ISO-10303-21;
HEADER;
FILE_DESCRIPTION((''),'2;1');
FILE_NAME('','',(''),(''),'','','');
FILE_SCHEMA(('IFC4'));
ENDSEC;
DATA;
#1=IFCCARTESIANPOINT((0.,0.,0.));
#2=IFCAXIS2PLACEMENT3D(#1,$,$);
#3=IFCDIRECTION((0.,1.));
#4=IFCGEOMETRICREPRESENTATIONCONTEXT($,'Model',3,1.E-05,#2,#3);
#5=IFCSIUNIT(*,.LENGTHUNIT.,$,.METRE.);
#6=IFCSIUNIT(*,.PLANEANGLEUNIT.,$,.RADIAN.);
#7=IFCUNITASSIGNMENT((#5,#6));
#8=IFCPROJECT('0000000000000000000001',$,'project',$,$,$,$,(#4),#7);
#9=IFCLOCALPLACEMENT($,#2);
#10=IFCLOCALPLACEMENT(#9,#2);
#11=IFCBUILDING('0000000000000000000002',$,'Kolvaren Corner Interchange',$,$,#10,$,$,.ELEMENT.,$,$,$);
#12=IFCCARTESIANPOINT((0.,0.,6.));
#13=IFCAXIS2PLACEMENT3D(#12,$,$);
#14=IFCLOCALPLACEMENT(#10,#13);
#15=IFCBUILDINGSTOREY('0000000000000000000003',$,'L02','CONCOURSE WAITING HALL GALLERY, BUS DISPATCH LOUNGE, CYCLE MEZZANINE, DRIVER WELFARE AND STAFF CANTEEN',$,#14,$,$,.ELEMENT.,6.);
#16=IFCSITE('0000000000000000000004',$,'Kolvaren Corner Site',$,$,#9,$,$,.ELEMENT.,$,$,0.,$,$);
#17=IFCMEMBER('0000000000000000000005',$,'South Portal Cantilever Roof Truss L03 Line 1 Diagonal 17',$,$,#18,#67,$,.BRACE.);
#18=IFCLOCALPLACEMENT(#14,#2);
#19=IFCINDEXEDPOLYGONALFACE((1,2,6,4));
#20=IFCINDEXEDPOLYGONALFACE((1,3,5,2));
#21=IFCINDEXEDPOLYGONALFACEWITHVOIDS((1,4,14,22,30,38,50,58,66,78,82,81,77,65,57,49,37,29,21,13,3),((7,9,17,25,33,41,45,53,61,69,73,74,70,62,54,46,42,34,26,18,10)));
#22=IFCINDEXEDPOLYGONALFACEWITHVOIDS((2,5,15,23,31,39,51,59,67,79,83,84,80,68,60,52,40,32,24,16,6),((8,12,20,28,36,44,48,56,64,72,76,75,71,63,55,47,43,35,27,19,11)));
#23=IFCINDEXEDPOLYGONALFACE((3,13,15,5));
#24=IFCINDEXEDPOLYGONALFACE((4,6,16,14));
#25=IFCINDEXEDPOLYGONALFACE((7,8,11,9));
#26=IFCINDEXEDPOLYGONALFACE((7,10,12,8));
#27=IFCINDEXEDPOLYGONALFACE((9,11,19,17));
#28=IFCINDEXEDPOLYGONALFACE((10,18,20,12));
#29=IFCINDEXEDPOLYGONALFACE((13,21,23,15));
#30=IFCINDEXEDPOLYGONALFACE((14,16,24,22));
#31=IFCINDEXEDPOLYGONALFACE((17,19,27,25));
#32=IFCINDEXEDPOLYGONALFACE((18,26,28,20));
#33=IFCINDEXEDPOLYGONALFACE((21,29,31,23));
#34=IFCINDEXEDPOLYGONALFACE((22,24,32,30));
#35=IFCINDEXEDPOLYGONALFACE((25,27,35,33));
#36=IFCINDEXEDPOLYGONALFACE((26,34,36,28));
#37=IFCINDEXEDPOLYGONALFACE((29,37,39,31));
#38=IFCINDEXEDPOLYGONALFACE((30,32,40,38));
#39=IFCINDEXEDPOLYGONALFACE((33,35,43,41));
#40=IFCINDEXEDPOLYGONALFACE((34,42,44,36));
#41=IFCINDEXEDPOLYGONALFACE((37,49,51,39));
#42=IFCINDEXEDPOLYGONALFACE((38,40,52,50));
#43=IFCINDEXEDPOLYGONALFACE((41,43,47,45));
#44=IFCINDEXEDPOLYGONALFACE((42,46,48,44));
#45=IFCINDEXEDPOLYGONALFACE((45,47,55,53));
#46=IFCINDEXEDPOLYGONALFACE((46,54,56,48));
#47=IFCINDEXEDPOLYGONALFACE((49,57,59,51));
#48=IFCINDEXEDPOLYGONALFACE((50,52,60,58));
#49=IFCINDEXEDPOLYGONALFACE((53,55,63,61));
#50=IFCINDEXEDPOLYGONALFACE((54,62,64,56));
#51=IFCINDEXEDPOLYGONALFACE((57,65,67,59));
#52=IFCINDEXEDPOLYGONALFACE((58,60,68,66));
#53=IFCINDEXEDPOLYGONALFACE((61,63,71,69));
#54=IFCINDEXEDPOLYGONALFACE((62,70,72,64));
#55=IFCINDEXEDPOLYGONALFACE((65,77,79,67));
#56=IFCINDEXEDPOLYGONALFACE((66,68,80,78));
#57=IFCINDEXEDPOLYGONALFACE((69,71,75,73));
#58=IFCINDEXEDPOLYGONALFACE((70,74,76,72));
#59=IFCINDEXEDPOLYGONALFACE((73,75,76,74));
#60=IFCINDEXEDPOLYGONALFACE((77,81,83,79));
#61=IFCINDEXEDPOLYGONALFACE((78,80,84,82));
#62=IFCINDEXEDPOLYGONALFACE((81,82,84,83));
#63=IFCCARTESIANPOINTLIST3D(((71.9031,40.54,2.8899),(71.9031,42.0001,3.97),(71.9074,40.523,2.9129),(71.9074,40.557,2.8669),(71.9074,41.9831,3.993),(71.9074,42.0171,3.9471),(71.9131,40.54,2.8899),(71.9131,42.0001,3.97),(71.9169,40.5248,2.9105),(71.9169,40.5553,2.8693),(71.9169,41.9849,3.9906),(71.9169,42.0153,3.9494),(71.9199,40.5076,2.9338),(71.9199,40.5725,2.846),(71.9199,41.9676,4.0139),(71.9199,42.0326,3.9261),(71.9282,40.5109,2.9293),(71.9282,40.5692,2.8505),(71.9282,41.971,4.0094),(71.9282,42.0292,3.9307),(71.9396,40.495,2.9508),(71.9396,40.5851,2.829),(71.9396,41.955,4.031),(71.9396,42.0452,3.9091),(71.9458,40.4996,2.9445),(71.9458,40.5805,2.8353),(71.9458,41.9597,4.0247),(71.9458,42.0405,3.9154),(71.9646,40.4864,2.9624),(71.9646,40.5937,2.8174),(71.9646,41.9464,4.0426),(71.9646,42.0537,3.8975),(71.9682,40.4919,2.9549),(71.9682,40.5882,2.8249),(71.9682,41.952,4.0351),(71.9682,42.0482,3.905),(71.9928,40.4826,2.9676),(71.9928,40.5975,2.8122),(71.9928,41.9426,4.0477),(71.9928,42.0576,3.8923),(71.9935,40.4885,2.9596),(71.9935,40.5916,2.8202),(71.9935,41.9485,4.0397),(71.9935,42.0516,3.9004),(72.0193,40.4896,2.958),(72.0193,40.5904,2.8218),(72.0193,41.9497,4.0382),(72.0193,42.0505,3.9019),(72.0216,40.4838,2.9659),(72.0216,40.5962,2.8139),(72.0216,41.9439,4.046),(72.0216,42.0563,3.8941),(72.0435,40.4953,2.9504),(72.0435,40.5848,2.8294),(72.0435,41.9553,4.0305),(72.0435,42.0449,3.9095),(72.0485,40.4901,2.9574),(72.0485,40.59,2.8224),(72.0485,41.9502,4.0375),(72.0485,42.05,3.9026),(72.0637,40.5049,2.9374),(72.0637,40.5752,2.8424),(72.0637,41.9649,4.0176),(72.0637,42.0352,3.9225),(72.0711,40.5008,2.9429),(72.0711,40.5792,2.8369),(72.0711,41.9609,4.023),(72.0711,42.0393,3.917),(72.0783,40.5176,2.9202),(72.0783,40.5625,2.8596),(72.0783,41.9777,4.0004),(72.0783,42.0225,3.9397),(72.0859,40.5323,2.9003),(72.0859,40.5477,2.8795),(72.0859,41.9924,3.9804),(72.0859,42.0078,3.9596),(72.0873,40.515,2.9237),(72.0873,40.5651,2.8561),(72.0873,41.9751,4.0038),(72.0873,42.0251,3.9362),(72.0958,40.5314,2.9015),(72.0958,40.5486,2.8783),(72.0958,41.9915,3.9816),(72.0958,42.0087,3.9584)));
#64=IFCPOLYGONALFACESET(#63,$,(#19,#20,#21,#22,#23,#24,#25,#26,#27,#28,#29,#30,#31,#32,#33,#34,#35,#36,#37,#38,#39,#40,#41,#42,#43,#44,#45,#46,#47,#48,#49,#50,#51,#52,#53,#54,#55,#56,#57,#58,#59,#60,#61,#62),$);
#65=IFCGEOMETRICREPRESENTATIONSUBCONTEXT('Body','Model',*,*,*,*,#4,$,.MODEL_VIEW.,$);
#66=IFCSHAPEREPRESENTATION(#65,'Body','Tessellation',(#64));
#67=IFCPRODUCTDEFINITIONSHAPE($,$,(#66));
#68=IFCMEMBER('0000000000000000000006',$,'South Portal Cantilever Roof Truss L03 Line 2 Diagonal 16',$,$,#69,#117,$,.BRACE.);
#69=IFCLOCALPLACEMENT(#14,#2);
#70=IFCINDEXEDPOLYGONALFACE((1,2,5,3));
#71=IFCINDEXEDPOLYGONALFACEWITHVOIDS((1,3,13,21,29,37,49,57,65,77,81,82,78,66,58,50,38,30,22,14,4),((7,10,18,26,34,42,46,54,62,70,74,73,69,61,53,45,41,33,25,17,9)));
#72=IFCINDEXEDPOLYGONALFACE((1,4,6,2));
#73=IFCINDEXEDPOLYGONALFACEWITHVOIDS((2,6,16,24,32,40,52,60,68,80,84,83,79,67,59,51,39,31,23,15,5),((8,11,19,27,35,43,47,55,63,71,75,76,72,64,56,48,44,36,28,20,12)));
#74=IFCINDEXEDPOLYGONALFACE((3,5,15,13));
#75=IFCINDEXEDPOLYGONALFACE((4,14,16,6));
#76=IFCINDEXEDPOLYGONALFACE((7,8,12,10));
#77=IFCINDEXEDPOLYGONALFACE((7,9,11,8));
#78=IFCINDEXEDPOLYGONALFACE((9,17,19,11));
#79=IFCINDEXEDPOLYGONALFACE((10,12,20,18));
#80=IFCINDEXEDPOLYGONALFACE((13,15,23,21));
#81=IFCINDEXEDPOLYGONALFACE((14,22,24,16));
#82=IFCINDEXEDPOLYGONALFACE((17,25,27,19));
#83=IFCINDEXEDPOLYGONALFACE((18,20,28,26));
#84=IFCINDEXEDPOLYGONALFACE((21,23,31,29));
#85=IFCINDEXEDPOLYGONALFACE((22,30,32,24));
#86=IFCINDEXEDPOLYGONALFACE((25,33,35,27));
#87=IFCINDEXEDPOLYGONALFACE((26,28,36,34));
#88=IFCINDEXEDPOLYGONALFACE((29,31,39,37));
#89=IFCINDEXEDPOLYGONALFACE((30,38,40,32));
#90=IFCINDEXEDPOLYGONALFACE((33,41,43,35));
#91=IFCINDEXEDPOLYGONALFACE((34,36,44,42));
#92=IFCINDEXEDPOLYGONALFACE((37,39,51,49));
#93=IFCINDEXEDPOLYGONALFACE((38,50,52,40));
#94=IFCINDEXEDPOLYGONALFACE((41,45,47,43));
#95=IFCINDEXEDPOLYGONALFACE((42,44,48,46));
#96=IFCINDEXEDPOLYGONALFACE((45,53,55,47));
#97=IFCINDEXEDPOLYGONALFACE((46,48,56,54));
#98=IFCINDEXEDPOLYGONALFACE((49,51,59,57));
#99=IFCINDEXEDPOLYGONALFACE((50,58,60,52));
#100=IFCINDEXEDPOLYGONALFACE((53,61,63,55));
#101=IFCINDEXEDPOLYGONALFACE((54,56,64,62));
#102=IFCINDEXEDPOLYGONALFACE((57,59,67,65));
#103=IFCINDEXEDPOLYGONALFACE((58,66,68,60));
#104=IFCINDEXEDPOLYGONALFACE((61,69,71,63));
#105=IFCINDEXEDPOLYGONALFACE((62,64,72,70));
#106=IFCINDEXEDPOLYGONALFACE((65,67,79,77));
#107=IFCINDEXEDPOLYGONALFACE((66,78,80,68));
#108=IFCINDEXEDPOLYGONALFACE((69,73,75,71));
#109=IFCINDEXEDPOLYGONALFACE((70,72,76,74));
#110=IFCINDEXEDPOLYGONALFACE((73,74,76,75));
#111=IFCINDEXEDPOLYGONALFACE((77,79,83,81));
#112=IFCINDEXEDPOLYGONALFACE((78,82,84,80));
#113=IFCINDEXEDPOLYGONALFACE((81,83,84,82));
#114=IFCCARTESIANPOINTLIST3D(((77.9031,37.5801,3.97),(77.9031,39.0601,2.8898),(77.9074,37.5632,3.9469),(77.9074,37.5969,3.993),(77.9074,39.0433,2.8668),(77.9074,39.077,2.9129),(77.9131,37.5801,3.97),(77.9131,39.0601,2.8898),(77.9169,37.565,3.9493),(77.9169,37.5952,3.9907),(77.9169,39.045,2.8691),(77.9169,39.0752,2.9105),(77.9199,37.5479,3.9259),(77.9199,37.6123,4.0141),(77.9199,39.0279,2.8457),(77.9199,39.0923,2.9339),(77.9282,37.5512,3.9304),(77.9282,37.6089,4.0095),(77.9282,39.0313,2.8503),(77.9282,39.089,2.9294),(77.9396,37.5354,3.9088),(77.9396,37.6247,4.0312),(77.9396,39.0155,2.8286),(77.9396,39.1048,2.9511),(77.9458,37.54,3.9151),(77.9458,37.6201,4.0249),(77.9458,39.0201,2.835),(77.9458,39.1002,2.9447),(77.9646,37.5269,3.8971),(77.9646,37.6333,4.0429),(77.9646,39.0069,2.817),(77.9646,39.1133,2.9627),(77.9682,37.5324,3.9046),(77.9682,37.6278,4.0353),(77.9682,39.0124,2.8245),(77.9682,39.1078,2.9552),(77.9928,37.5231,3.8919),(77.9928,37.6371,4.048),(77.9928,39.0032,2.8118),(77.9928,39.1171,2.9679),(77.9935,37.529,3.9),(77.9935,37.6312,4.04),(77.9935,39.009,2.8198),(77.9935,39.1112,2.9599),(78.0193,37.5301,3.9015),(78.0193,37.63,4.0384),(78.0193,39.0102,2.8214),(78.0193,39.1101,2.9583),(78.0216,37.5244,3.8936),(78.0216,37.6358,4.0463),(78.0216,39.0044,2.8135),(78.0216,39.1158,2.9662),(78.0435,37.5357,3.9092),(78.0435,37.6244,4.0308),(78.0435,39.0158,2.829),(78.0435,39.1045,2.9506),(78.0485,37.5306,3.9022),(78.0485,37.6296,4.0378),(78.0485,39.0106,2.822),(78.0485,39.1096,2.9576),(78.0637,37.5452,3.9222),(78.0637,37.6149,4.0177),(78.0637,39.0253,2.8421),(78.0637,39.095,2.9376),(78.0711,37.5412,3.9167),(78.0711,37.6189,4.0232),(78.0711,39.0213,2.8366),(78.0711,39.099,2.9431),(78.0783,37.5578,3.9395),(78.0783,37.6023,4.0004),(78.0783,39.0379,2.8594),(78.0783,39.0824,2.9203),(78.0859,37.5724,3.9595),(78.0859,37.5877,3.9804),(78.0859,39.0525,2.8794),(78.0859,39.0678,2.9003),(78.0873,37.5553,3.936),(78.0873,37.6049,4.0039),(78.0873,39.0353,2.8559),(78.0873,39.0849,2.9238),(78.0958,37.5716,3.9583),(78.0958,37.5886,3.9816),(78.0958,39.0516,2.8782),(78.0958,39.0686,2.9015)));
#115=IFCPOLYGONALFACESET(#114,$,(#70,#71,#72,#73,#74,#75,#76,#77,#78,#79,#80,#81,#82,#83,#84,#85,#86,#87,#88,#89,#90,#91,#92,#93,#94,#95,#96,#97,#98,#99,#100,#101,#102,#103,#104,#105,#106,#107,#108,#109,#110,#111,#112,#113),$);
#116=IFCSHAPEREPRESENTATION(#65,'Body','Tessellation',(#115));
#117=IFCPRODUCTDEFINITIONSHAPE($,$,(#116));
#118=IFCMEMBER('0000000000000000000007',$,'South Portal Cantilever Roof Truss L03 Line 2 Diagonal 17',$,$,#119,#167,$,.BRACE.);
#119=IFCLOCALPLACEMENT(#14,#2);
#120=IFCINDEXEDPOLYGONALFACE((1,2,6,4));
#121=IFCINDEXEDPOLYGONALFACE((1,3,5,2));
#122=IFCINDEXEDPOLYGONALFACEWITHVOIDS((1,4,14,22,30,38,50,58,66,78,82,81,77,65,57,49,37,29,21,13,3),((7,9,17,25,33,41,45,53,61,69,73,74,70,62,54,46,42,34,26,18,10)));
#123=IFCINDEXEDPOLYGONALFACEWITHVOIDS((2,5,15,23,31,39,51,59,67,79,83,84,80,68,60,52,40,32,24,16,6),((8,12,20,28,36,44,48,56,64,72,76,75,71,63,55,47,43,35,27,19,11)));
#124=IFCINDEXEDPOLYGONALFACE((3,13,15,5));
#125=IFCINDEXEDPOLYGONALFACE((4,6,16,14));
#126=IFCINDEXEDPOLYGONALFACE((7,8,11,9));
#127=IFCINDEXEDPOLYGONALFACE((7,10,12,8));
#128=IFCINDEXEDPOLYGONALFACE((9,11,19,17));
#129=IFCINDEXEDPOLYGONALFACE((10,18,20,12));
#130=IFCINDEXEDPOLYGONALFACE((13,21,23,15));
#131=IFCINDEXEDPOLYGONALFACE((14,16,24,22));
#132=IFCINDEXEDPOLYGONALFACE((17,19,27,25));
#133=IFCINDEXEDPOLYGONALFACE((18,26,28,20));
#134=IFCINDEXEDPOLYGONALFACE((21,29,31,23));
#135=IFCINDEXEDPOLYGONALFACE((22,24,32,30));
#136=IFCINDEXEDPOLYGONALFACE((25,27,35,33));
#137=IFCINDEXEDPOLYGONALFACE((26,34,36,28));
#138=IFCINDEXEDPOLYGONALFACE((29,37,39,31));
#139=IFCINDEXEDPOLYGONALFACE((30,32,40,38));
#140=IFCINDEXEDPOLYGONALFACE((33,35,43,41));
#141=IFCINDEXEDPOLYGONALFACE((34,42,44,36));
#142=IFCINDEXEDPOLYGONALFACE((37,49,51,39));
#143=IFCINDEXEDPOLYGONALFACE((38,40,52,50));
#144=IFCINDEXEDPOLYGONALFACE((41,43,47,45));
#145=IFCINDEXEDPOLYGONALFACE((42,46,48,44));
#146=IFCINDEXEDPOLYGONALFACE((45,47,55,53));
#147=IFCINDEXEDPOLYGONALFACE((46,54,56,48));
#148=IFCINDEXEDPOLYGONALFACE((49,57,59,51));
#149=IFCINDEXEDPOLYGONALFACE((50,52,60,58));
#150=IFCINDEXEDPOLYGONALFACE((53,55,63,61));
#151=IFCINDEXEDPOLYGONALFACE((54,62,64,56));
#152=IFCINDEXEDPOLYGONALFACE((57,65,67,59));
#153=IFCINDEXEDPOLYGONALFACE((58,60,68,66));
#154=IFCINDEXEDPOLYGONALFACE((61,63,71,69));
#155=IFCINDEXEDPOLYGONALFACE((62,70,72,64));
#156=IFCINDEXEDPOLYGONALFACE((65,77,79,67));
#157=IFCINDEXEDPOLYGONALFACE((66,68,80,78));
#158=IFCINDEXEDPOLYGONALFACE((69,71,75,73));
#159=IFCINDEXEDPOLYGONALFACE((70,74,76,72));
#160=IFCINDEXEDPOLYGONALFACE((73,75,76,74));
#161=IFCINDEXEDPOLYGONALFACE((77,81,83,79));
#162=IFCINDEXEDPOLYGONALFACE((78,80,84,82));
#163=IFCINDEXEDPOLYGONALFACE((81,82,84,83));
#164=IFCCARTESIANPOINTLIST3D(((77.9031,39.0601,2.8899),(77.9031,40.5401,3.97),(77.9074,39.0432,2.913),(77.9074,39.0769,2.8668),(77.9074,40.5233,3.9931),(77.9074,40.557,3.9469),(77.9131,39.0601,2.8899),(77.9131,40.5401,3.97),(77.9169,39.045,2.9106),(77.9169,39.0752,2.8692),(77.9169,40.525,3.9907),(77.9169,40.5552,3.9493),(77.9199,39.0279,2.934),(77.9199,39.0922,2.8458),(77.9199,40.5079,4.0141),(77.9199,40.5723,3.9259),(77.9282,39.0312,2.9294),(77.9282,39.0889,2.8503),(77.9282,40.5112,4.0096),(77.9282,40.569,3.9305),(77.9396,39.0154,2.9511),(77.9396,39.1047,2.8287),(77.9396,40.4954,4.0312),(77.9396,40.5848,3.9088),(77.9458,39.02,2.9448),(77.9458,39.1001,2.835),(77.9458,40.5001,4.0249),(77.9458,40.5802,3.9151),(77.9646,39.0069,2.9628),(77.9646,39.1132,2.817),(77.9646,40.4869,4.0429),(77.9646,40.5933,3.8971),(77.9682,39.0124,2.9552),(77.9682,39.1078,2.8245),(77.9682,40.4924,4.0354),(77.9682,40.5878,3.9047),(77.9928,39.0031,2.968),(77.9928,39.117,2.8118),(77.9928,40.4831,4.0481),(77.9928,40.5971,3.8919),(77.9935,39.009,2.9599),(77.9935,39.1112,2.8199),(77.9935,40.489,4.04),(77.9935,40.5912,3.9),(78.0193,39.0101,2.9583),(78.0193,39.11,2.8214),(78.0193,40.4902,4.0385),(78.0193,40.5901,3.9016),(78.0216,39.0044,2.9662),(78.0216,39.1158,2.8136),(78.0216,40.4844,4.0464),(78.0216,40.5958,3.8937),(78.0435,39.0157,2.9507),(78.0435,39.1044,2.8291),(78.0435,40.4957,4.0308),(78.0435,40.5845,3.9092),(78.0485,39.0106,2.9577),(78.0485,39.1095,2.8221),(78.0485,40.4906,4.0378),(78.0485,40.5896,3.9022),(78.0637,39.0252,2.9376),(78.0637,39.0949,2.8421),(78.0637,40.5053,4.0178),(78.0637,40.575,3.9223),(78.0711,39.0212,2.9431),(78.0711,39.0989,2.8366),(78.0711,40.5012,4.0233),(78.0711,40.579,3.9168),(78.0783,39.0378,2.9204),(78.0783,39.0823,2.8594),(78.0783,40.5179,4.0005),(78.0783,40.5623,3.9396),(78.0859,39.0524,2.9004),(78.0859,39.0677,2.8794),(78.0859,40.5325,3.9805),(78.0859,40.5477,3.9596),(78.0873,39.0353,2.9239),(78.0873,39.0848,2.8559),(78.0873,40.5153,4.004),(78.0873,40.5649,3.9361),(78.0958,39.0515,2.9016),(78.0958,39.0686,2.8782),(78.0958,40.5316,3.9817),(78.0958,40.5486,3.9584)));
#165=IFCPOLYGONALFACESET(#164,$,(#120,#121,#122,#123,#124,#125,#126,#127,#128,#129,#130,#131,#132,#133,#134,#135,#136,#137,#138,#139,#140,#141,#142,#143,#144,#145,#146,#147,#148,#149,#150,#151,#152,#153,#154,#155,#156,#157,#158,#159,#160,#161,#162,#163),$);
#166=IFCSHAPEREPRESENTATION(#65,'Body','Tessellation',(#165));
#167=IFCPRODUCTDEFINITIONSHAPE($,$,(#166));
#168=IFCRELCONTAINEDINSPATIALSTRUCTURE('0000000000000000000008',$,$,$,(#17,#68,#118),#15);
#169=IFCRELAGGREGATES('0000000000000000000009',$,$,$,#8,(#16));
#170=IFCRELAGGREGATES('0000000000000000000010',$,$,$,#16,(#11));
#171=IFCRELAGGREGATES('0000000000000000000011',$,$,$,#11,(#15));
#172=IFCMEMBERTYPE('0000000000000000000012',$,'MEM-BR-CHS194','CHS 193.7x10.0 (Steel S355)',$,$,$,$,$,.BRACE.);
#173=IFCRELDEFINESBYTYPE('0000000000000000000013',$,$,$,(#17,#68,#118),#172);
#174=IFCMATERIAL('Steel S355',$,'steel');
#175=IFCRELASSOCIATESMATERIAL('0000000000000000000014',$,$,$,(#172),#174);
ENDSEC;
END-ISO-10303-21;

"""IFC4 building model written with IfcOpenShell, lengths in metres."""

from ifc_helpers import new_model, si_unit, direction, frame, origin, origin_2d, place, context, subcontext, project, spatial, hollow_circle, extrude, material, material_profile, profile_set, type_object, element, save


model = new_model("IFC4")

# Units and contexts
model_context = context("Model", 3, precision=1e-05, world=origin(), true_north=direction((0.0, 1.0)))
body_context = subcontext(model_context, "Body", "Model", "MODEL_VIEW")
ifc_project = project(units=[si_unit("LENGTHUNIT", "METRE"), si_unit("PLANEANGLEUNIT", "RADIAN")], contexts=[model_context])

# Site, building, storey
site_placement = place(None, origin())
site = spatial("IfcSite", under=ifc_project, at=site_placement, Name="Kolvaren Corner Site", CompositionType="ELEMENT", RefElevation=0.0)
building_placement = place(site_placement, origin())
building = spatial("IfcBuilding", under=site, at=building_placement, Name="Kolvaren Corner Interchange", CompositionType="ELEMENT")
storey_placement = place(building_placement, frame((0.0, 0.0, 6.0)))
storey = spatial("IfcBuildingStorey", under=building, at=storey_placement, Name="L02", Description="CONCOURSE WAITING HALL GALLERY, BUS DISPATCH LOUNGE, CYCLE MEZZANINE, DRIVER WELFARE AND STAFF CANTEEN", CompositionType="ELEMENT", Elevation=6.0)

# Members
ifc_material_1 = material(Name="Steel S355", Category="steel")
ifc_material_profile_1 = material_profile(ifc_material_1, hollow_circle(Radius=0.0969, WallThickness=0.01, at=origin_2d()), Name="CHS 193.7x10.0")
ifc_profile_set_1 = profile_set([ifc_material_profile_1], Name="Steel S355")
member_type_1 = type_object("IfcMemberType", Name="MEM-BR-CHS194", Description="CHS 193.7x10.0 (Steel S355)", PredefinedType="BRACE", material=ifc_profile_set_1)
member_1_placement = place(storey_placement, frame((72.0, 40.54, 2.8899), z_axis=(0.0, 0.803919, 0.594739), x_axis=(-1.0, 0.0, 0.0)))
element("IfcMember", 1, at=member_1_placement, inside=storey, type_object=member_type_1, Name="South Portal Cantilever Roof Truss L03 Line 1 Diagonal 17", PredefinedType="BRACE", context=body_context, shape_type="SweptSolid", body=[
    extrude(hollow_circle(Radius=0.0969, WallThickness=0.01, at=origin_2d()), origin(), (0.0, 0.0, 1.0), 1.8162),
])
for number, where, z_axis, x_axis, name in (
    (2, (78.0, 37.5801, 3.97), (0.0, 0.807767, -0.589502), (-1.0, 0.0, 0.0), "South Portal Cantilever Roof Truss L03 Line 2 Diagonal 16"),
    (3, (78.0, 39.0601, 2.8899), (0.0, 0.807767, 0.589502), (-1.0, 0.0, 0.0), "South Portal Cantilever Roof Truss L03 Line 2 Diagonal 17"),
):
    element("IfcMember", number, at=place(storey_placement, frame(where, z_axis=z_axis, x_axis=x_axis)), inside=storey, type_object=member_type_1, Name=name, PredefinedType="BRACE", context=body_context, shape_type="SweptSolid", body=[
        extrude(hollow_circle(Radius=0.0969, WallThickness=0.01, at=origin_2d()), origin(), (0.0, 0.0, 1.0), 1.8323),
    ])

save(model, "model.ifc")
